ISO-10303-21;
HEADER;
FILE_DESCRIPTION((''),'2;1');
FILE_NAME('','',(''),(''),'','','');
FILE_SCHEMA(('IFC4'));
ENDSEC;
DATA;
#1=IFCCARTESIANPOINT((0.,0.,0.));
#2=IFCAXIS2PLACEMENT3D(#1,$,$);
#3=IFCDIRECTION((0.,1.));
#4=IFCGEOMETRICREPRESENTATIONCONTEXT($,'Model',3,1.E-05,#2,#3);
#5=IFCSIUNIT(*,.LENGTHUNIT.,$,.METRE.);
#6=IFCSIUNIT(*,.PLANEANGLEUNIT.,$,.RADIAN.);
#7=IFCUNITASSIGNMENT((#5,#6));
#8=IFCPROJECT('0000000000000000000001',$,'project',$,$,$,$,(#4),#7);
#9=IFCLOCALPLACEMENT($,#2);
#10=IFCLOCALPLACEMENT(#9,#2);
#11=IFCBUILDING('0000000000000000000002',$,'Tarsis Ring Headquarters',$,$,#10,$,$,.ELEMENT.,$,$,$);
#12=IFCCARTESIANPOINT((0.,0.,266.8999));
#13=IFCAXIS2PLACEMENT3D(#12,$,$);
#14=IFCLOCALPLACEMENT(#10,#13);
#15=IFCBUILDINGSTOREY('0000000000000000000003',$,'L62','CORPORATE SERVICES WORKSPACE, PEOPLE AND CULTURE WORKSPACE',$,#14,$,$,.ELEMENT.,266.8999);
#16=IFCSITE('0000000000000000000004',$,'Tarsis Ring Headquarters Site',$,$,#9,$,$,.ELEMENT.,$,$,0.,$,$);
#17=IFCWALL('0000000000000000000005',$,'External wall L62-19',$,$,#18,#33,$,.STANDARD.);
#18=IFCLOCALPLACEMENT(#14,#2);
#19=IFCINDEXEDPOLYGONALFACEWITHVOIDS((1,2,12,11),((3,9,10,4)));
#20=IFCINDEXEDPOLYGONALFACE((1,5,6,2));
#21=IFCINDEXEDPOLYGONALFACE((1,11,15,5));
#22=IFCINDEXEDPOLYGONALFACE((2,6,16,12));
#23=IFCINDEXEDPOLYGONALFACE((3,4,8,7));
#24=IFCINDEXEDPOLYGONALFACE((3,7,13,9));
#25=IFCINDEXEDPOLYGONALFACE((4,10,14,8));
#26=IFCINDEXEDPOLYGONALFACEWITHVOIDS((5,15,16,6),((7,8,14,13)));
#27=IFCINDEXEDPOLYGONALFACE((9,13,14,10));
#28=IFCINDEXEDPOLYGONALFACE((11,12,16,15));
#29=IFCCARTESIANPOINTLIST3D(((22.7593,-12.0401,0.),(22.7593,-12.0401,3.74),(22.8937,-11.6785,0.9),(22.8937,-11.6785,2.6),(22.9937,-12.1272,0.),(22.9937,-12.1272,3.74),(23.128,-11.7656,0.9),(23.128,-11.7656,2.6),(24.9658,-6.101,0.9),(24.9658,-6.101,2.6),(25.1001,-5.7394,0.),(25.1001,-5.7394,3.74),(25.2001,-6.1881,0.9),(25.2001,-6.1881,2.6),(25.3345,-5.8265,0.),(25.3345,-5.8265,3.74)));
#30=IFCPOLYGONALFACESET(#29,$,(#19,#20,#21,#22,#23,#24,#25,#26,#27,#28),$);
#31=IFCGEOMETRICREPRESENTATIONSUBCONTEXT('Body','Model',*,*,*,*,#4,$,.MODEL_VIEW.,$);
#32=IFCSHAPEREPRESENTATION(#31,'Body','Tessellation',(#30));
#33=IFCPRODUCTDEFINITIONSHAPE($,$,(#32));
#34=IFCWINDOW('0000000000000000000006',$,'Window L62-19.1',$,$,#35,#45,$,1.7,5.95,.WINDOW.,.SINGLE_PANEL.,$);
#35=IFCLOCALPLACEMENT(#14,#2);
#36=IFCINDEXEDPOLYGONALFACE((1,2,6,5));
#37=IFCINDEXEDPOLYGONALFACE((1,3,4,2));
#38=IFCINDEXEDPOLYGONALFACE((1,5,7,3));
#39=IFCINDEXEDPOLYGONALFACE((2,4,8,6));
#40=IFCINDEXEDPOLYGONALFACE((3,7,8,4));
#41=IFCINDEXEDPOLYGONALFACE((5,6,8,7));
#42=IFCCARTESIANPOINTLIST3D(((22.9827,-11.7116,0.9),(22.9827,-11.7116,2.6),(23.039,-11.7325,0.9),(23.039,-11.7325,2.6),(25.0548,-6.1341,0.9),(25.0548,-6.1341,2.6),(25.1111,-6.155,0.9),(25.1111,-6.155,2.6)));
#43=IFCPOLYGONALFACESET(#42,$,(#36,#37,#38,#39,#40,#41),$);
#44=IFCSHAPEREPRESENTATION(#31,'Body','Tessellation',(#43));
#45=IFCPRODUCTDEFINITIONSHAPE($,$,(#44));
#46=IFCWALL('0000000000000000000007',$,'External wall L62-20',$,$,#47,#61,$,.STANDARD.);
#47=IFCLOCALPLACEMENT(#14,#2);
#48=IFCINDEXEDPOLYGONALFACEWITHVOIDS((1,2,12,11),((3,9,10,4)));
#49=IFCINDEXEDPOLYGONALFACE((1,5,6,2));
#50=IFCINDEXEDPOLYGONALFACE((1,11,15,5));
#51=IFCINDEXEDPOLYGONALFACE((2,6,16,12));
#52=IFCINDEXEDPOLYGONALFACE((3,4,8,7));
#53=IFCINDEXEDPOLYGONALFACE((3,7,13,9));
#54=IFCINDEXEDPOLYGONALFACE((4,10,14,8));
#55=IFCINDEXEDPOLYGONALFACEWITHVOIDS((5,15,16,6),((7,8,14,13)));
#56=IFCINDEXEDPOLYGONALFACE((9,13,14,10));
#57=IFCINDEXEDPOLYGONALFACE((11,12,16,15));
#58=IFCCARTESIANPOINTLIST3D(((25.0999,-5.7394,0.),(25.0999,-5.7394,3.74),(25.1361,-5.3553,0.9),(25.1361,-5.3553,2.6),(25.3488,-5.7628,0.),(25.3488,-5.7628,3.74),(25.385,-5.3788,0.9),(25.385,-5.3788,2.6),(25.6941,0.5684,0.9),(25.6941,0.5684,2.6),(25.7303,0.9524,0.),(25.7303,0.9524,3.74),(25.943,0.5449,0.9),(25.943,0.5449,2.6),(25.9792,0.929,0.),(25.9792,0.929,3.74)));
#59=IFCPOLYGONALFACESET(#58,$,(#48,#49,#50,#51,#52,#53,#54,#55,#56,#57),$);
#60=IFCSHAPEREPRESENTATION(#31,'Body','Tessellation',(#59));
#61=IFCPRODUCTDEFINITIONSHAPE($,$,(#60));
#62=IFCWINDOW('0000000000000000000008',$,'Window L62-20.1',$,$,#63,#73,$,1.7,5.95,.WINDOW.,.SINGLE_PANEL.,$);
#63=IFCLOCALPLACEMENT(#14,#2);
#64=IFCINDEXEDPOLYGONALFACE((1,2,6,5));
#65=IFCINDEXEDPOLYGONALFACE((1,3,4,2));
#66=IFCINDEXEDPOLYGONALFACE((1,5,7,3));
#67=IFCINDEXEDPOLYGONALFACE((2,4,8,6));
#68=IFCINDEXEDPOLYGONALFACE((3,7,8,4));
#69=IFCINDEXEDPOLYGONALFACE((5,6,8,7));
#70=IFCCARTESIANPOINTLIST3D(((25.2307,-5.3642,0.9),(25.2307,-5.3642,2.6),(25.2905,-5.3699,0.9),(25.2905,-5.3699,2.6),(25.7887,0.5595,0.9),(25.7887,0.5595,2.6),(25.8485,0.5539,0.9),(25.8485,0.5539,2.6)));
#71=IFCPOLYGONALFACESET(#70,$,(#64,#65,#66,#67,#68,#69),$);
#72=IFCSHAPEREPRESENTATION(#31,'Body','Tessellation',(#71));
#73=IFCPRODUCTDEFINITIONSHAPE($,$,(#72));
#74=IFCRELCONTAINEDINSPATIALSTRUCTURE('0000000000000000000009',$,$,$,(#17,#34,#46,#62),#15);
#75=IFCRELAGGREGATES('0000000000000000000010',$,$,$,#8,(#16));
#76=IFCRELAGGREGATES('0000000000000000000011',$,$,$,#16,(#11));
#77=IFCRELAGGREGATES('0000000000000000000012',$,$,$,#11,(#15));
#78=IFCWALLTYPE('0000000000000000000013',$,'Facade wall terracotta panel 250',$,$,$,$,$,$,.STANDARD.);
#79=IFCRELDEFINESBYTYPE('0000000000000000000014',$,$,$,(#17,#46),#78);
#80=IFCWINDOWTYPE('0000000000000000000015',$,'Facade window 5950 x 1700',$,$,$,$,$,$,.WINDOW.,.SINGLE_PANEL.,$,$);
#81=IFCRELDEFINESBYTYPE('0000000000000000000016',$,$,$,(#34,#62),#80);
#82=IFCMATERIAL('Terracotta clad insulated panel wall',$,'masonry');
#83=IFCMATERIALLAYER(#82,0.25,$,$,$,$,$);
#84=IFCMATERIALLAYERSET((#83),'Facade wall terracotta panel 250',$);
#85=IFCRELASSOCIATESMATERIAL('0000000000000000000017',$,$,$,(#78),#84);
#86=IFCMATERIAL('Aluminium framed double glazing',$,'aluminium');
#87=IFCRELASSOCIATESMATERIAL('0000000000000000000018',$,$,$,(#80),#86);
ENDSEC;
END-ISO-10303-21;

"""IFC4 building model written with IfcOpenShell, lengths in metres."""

from ifc_helpers import new_model, si_unit, direction, frame, frame_2d, origin, place, context, subcontext, project, spatial, rectangle, extrude, material, layer, layer_set, type_object, element, fill, save


model = new_model("IFC4")

# Units and contexts
model_context = context("Model", 3, precision=1e-05, world=origin(), true_north=direction((0.0, 1.0)))
body_context = subcontext(model_context, "Body", "Model", "MODEL_VIEW")
ifc_project = project(units=[si_unit("LENGTHUNIT", "METRE"), si_unit("PLANEANGLEUNIT", "RADIAN")], contexts=[model_context])

# Site, building, storey
site_placement = place(None, origin())
site = spatial("IfcSite", under=ifc_project, at=site_placement, Name="Tarsis Ring Headquarters Site", CompositionType="ELEMENT", RefElevation=0.0)
building_placement = place(site_placement, origin())
building = spatial("IfcBuilding", under=site, at=building_placement, Name="Tarsis Ring Headquarters", CompositionType="ELEMENT")
storey_placement = place(building_placement, frame((0.0, 0.0, 266.8999)))
storey = spatial("IfcBuildingStorey", under=building, at=storey_placement, Name="L62", Description="CORPORATE SERVICES WORKSPACE, PEOPLE AND CULTURE WORKSPACE", CompositionType="ELEMENT", Elevation=266.8999)

# Walls, openings, windows
ifc_material_1 = material(Name="Terracotta clad insulated panel wall", Category="masonry")
ifc_layer = layer(ifc_material_1, 0.25)
ifc_layer_set = layer_set([ifc_layer], Name="Facade wall terracotta panel 250")
wall_type = type_object("IfcWallType", Name="Facade wall terracotta panel 250", PredefinedType="STANDARD", material=ifc_layer_set)
ifc_material_2 = material(Name="Aluminium framed double glazing", Category="aluminium")
window_type = type_object("IfcWindowType", Name="Facade window 5950 x 1700", PartitioningType="SINGLE_PANEL", PredefinedType="WINDOW", material=ifc_material_2)
wall_1_placement = place(storey_placement, frame((22.8765, -12.0837, 0.0), z_axis=(0.0, 0.0, 1.0), x_axis=(0.348256, 0.9374, 0.0)))
wall_1 = element("IfcWall", 1, at=wall_1_placement, inside=storey, type_object=wall_type, Name="External wall L62-19", PredefinedType="STANDARD", context=body_context, shape_type="SweptSolid", body=[
    extrude(rectangle(XDim=6.7214, YDim=0.25, at=frame_2d((3.3608, 0.0))), origin(), (0.0, 0.0, 1.0), 3.74),
])
opening_1_placement = place(wall_1_placement, frame((0.3857, 0.0, 0.8999)))
opening_1 = element("IfcOpeningElement", 2, at=opening_1_placement, cuts=wall_1, PredefinedType="OPENING", context=body_context, shape_type="SweptSolid", body=[
    extrude(rectangle(XDim=5.95, YDim=1.7, at=frame_2d((2.9751, 0.8501))), frame((0.0, 0.135, 0.0), z_axis=(0.0, -1.0, 0.0), x_axis=(1.0, 0.0, 0.0)), (0.0, 0.0, 1.0), 0.27),
])
window_1_placement = place(opening_1_placement, origin())
window_1 = element("IfcWindow", 3, at=window_1_placement, inside=storey, type_object=window_type, Name="Window L62-19.1", OverallHeight=1.7, OverallWidth=5.95, PartitioningType="SINGLE_PANEL", PredefinedType="WINDOW", context=body_context, shape_type="SweptSolid", body=[
    extrude(rectangle(XDim=5.95, YDim=1.7, at=frame_2d((2.9751, 0.8501))), frame((0.0, 0.03, 0.0), z_axis=(0.0, -1.0, 0.0), x_axis=(1.0, 0.0, 0.0)), (0.0, 0.0, 1.0), 0.0601),
])
fill(opening_1, window_1)
wall_2_placement = place(storey_placement, frame((25.2244, -5.7512, 0.0), z_axis=(0.0, 0.0, 1.0), x_axis=(0.093784, 0.995593, 0.0)))
wall_2 = element("IfcWall", 4, at=wall_2_placement, inside=storey, type_object=wall_type, Name="External wall L62-20", PredefinedType="STANDARD", context=body_context, shape_type="SweptSolid", body=[
    extrude(rectangle(XDim=6.7214, YDim=0.25, at=frame_2d((3.3608, 0.0))), origin(), (0.0, 0.0, 1.0), 3.74),
])
opening_2_placement = place(wall_2_placement, frame((0.3857, 0.0, 0.8999)))
opening_2 = element("IfcOpeningElement", 5, at=opening_2_placement, cuts=wall_2, PredefinedType="OPENING", context=body_context, shape_type="SweptSolid", body=[
    extrude(rectangle(XDim=5.95, YDim=1.7, at=frame_2d((2.9751, 0.8501))), frame((0.0, 0.135, 0.0), z_axis=(0.0, -1.0, 0.0), x_axis=(1.0, 0.0, 0.0)), (0.0, 0.0, 1.0), 0.27),
])
window_2_placement = place(opening_2_placement, origin())
window_2 = element("IfcWindow", 6, at=window_2_placement, inside=storey, type_object=window_type, Name="Window L62-20.1", OverallHeight=1.7, OverallWidth=5.95, PartitioningType="SINGLE_PANEL", PredefinedType="WINDOW", context=body_context, shape_type="SweptSolid", body=[
    extrude(rectangle(XDim=5.95, YDim=1.7, at=frame_2d((2.9751, 0.8501))), frame((0.0, 0.03, 0.0), z_axis=(0.0, -1.0, 0.0), x_axis=(1.0, 0.0, 0.0)), (0.0, 0.0, 1.0), 0.0601),
])
fill(opening_2, window_2)

save(model, "model.ifc")
